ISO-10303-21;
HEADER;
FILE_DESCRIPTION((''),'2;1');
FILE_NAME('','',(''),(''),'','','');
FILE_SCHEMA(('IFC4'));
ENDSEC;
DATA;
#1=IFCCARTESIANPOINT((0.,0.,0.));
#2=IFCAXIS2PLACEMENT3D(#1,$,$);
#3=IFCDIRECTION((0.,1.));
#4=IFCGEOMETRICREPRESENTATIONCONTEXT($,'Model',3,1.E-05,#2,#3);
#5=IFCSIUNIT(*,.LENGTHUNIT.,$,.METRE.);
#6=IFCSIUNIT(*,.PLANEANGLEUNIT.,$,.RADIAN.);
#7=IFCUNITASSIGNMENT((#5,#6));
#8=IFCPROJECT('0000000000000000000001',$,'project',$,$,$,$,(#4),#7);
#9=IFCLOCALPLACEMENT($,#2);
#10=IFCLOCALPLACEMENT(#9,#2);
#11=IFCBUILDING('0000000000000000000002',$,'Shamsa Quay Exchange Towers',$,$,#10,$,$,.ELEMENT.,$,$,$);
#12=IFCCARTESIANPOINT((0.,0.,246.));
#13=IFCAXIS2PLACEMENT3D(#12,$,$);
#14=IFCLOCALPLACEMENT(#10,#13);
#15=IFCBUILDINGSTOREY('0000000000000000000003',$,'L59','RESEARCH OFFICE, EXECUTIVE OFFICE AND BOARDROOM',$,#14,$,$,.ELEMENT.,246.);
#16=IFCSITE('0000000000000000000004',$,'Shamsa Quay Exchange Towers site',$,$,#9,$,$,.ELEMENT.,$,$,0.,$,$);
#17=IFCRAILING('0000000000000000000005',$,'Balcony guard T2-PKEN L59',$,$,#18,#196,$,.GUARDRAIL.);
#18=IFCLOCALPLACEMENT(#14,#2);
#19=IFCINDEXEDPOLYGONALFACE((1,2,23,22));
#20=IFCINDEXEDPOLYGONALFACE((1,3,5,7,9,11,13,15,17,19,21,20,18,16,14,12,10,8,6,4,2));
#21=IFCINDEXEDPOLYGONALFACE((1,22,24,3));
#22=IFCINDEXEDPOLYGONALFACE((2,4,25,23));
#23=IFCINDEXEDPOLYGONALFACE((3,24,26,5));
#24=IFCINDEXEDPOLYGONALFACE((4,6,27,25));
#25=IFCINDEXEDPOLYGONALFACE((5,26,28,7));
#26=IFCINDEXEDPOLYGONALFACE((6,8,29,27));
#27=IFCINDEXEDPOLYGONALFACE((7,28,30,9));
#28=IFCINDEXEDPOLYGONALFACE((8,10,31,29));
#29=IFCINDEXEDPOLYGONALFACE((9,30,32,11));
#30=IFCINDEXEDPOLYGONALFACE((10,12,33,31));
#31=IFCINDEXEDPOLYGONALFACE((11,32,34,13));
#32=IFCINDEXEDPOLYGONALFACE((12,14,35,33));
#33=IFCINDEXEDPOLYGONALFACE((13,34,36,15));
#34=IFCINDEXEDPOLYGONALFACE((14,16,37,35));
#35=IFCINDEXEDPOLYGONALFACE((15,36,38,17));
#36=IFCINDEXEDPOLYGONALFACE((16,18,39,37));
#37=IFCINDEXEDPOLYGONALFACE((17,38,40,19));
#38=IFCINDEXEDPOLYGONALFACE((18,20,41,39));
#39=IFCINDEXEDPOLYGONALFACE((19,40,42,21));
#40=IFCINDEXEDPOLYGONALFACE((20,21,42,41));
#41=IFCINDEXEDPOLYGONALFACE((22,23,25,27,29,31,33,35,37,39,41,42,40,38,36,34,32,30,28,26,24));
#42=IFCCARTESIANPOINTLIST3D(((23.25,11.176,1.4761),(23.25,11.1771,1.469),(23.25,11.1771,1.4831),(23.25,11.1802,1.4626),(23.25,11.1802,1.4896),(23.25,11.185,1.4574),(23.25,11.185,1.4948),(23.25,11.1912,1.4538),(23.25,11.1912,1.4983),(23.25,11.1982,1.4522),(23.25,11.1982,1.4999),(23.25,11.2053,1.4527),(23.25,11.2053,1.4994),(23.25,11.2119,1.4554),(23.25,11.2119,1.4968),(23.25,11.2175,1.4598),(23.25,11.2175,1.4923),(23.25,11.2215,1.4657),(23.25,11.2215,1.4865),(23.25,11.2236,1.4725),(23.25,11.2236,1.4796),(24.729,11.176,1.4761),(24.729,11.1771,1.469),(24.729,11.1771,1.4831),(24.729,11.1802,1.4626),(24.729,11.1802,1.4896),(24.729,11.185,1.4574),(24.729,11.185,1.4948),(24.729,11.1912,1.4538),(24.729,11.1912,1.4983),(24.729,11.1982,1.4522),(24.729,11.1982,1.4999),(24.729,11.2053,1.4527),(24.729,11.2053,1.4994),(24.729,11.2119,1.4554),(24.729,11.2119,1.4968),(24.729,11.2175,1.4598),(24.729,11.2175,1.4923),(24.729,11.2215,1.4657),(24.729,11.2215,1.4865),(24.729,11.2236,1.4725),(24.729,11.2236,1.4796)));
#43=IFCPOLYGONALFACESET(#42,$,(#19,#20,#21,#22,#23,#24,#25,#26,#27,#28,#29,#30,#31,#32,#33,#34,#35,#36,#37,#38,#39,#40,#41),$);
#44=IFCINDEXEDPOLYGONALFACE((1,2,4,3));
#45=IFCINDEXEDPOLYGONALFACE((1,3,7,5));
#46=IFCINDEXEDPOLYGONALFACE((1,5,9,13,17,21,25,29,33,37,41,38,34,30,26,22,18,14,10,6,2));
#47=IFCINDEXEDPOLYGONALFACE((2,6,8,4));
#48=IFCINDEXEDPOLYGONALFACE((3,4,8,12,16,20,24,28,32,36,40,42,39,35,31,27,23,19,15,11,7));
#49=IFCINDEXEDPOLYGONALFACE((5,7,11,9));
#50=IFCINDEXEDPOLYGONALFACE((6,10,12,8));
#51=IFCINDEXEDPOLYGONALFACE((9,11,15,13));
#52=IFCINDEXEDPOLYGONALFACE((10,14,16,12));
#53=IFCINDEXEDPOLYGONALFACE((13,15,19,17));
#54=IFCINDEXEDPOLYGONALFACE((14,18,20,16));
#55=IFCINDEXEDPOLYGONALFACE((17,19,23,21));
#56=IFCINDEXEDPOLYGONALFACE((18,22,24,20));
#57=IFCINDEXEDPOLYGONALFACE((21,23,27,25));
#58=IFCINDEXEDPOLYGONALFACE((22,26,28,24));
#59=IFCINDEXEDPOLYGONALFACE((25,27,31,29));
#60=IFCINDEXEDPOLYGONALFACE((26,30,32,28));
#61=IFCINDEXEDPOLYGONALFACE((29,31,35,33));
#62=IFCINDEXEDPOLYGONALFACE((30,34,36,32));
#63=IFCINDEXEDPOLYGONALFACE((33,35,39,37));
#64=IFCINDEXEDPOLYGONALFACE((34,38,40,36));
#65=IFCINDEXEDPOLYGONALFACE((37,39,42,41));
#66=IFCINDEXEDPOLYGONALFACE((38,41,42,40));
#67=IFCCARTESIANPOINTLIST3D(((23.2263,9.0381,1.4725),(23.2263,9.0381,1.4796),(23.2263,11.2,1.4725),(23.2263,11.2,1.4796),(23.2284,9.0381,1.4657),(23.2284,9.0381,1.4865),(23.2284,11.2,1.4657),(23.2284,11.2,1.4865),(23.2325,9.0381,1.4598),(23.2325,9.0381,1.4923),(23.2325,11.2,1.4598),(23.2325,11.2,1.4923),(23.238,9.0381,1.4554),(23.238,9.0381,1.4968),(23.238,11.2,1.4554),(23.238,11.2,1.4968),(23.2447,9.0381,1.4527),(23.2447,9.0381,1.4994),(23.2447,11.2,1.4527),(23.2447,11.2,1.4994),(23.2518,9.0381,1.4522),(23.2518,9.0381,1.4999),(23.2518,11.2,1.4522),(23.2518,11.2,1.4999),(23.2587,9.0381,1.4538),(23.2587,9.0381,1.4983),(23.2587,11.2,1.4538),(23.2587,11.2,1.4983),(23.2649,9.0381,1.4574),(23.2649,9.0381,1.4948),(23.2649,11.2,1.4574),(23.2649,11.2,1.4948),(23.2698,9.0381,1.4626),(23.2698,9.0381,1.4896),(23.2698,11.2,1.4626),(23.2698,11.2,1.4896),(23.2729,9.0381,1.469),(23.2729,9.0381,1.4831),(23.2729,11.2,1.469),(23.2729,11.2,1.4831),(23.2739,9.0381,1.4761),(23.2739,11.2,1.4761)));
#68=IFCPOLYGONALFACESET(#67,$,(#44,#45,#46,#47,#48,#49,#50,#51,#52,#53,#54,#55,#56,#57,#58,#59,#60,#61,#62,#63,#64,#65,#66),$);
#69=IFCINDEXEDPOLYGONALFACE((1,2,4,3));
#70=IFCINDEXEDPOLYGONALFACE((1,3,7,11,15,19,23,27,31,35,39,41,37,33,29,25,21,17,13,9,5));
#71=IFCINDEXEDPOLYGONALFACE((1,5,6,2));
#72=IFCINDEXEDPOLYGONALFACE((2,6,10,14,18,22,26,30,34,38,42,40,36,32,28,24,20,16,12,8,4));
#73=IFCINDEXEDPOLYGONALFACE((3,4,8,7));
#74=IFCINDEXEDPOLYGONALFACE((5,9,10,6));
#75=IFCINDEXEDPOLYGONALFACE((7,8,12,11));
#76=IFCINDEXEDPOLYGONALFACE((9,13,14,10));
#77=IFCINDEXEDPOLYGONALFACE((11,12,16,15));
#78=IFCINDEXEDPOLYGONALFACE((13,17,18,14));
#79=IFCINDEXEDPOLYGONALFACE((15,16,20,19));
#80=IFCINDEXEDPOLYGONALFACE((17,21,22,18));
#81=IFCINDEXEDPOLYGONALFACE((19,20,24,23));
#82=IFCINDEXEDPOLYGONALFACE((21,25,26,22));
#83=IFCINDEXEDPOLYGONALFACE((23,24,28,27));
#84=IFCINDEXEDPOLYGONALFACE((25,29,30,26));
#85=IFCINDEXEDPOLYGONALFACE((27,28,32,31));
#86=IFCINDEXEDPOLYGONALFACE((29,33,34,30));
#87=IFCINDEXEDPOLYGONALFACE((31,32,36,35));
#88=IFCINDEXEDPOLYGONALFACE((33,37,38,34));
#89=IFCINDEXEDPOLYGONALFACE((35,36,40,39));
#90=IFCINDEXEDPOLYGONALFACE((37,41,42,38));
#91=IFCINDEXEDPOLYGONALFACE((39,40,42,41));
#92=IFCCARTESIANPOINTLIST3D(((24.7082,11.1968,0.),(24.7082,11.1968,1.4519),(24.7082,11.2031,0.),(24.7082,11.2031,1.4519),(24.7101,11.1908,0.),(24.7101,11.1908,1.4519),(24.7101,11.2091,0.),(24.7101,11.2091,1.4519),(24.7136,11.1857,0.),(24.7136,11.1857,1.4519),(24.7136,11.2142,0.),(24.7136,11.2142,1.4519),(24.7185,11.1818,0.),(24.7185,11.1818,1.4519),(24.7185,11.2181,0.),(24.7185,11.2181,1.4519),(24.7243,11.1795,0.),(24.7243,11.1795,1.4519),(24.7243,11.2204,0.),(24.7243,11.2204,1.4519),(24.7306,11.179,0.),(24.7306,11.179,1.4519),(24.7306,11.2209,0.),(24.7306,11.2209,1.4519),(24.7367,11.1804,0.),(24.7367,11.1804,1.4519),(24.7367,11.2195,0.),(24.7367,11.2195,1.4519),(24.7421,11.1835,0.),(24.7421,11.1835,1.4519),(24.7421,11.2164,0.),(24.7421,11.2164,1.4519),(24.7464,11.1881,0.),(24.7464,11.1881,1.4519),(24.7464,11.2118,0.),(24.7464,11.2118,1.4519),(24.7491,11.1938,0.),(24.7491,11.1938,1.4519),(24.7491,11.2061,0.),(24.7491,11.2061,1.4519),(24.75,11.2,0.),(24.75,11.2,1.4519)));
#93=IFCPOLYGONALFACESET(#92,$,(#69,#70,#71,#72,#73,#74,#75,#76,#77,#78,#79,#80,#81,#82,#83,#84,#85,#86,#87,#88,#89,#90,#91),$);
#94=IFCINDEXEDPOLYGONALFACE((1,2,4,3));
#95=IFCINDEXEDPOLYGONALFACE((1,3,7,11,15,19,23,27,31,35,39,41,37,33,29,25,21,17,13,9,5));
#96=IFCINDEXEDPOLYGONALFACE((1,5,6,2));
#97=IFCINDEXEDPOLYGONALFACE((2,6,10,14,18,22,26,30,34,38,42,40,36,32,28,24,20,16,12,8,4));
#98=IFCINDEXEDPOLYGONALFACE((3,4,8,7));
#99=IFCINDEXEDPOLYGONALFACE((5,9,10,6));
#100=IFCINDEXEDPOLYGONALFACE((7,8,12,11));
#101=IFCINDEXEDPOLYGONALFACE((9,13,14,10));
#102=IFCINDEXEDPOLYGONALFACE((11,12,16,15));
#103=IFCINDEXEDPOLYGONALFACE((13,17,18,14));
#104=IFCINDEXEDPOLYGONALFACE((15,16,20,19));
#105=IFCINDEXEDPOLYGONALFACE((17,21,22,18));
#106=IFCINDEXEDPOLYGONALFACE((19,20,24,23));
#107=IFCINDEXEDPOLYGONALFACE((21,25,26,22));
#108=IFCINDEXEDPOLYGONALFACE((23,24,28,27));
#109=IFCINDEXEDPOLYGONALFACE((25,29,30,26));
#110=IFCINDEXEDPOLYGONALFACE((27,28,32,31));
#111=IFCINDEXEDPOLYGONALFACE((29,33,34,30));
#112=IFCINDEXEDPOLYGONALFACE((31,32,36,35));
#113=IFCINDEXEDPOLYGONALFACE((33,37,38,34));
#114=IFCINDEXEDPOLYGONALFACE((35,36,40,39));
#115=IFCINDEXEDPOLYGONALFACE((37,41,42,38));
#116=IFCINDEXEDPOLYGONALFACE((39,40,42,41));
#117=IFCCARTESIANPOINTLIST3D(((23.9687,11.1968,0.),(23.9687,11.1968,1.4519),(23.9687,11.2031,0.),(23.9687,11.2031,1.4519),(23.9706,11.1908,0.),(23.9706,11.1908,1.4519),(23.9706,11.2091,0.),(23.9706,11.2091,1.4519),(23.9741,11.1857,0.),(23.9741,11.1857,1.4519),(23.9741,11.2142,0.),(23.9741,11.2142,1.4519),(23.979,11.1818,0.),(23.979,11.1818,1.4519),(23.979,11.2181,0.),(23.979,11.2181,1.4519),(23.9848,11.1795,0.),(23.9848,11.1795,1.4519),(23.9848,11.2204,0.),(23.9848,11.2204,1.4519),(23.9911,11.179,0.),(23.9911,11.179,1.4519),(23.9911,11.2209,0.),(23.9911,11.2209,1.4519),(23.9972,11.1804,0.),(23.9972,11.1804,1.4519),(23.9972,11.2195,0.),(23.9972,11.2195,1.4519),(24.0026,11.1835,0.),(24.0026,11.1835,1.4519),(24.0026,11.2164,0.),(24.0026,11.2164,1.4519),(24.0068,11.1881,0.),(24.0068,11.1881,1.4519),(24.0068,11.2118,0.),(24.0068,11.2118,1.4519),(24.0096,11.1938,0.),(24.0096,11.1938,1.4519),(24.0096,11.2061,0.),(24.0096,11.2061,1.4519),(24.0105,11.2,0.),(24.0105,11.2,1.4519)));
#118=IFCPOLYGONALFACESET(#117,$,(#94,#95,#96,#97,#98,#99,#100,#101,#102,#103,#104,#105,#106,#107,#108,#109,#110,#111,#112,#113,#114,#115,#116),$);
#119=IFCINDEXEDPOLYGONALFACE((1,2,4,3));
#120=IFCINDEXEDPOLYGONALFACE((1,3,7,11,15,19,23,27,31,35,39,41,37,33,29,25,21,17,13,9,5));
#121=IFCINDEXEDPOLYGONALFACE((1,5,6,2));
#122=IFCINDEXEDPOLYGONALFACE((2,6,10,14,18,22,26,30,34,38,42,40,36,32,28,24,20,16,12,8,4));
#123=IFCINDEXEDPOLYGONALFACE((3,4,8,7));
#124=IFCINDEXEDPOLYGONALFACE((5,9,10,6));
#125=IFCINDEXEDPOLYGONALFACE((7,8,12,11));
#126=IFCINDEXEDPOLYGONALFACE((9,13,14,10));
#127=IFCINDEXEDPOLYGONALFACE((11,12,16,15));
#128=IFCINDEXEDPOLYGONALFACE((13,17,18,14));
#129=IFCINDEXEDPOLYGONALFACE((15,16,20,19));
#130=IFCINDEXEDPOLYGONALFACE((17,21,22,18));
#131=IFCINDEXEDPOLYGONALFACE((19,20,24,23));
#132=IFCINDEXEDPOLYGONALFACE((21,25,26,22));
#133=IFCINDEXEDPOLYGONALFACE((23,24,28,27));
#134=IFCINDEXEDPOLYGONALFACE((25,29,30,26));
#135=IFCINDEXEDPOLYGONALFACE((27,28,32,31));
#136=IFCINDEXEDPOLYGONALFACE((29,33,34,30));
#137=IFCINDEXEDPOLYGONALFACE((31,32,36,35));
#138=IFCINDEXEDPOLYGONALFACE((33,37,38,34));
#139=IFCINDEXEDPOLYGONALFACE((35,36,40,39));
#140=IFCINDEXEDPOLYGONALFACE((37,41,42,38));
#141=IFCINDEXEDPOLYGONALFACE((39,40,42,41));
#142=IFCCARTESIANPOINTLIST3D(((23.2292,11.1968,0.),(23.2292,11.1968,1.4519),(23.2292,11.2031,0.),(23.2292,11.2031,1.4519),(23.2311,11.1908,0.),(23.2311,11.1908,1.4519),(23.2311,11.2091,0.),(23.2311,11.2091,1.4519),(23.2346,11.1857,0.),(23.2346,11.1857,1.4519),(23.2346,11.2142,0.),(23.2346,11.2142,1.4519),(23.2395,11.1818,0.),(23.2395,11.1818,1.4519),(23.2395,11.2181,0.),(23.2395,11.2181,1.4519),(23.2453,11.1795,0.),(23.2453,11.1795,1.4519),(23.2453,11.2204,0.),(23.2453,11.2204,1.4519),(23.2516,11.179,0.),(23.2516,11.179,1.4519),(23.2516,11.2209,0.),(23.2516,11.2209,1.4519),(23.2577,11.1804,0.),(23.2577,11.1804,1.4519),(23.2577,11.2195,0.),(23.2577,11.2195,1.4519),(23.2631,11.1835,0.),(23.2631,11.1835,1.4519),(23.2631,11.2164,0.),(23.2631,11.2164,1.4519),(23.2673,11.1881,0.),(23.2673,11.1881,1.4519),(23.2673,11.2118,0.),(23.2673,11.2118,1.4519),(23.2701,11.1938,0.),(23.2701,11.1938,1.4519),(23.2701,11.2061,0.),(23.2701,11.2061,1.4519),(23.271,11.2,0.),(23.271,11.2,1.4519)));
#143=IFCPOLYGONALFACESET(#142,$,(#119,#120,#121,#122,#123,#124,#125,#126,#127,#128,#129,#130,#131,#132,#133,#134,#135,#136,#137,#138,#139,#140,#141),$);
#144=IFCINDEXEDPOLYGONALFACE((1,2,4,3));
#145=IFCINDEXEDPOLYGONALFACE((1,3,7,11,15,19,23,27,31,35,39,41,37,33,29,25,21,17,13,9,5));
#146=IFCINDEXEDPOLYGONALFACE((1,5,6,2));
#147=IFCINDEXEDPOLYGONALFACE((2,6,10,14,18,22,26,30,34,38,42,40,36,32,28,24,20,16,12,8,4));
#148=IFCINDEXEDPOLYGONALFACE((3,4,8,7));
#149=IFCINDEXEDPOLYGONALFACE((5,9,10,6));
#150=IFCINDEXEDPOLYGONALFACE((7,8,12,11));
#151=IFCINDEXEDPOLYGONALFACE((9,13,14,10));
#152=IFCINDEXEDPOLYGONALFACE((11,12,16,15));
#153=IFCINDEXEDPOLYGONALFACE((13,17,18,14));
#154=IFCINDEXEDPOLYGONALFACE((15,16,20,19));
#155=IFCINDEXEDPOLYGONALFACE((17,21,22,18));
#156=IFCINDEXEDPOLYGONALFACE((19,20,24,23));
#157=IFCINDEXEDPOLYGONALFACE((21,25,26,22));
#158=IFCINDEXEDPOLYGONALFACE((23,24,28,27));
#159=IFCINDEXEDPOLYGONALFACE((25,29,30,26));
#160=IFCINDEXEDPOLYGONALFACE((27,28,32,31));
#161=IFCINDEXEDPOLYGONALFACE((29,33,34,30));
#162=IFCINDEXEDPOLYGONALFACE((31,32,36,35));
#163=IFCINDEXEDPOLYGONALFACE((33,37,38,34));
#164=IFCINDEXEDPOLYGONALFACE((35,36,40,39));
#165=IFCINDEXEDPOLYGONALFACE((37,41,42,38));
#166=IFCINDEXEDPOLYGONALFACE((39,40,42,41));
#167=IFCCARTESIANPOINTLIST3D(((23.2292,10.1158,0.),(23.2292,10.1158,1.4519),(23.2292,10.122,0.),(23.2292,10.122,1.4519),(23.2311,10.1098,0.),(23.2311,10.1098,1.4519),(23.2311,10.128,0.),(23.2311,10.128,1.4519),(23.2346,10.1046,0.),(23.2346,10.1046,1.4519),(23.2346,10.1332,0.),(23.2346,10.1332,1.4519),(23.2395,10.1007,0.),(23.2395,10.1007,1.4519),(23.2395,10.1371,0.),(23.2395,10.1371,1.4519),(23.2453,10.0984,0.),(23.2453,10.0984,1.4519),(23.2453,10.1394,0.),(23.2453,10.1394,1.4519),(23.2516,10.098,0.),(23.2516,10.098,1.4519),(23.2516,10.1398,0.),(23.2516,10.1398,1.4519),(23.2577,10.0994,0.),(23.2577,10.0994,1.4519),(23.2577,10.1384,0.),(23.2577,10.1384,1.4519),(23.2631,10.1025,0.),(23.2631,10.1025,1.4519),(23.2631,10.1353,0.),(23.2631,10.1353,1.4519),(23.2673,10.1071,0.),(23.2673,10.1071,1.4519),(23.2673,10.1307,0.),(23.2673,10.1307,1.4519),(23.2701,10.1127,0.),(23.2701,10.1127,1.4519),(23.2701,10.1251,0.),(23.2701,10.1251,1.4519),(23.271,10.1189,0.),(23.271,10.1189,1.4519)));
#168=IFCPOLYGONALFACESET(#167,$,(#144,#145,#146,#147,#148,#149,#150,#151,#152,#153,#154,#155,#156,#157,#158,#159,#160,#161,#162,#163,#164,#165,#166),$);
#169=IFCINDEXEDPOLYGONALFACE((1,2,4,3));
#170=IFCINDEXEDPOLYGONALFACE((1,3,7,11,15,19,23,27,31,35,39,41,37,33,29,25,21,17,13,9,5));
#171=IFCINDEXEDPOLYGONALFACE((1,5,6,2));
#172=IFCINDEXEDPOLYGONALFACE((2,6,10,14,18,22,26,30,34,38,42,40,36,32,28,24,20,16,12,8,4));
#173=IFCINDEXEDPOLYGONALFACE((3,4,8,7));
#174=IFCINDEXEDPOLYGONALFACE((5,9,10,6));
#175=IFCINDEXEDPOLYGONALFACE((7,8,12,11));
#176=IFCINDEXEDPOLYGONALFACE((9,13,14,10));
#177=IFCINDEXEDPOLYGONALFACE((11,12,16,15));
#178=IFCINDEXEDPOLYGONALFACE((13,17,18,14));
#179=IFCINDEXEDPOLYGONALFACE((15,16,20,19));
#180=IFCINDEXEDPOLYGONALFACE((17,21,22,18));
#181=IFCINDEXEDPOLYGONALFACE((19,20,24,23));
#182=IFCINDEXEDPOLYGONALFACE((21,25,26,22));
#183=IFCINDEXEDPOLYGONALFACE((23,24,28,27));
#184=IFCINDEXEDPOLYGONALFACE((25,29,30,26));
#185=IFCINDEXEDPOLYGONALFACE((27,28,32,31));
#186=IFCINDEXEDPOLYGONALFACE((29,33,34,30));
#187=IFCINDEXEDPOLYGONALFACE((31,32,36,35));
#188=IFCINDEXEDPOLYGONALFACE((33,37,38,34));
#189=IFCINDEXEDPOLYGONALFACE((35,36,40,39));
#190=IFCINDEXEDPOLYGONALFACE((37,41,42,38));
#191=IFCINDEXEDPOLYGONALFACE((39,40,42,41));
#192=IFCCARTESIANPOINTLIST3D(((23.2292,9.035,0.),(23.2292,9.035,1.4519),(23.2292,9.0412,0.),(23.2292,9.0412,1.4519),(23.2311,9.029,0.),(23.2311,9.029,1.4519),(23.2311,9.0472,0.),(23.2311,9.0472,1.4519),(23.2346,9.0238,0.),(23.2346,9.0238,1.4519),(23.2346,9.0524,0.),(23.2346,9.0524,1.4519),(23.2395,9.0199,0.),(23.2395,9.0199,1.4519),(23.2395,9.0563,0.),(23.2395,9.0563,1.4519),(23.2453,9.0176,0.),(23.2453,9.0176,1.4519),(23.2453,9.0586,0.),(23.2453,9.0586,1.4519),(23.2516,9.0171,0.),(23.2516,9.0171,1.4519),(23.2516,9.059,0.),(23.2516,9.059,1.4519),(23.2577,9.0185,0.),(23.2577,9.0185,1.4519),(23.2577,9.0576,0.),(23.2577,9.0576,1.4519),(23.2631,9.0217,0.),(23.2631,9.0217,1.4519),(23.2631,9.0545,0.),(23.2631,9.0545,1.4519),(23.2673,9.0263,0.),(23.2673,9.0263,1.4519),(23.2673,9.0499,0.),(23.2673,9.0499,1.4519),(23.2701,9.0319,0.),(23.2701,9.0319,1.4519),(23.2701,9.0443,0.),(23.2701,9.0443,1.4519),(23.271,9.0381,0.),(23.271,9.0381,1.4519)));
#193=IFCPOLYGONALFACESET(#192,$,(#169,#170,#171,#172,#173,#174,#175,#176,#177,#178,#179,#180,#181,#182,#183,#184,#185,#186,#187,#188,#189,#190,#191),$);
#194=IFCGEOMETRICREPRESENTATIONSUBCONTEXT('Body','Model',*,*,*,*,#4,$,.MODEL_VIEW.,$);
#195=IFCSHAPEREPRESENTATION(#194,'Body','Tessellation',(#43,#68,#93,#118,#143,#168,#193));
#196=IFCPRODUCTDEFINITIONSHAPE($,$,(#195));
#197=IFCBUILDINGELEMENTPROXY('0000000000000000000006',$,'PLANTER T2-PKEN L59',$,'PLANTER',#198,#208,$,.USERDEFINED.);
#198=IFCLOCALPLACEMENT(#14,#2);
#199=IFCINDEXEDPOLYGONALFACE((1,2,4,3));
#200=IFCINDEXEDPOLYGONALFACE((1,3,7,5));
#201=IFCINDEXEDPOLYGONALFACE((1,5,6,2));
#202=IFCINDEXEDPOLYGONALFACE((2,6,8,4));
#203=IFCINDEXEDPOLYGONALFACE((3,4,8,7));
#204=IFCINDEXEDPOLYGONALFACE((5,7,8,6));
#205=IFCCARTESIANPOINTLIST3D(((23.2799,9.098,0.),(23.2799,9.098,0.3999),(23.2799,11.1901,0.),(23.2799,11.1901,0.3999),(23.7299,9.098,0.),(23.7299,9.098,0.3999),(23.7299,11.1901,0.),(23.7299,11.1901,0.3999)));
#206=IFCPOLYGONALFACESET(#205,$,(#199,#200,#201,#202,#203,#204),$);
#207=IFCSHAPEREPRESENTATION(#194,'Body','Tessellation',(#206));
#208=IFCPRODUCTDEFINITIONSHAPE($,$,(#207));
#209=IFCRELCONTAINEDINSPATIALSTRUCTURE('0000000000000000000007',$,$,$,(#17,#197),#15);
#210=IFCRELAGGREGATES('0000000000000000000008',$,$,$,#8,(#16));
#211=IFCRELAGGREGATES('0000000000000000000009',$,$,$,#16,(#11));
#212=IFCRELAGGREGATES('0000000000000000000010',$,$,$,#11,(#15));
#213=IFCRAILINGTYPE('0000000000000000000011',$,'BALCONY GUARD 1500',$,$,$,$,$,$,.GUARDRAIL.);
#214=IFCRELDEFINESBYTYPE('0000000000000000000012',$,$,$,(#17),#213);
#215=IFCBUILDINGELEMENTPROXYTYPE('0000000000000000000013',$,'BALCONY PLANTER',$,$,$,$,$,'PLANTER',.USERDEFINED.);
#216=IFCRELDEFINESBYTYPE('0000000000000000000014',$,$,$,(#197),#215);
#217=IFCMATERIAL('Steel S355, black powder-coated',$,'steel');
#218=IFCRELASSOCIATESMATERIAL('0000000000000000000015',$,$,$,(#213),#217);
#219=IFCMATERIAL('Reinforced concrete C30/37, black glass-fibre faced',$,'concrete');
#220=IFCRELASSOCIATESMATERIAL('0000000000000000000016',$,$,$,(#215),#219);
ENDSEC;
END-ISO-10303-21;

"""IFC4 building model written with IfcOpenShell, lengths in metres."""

from ifc_helpers import new_model, si_unit, direction, frame, origin, origin_2d, place, context, subcontext, project, spatial, rectangle, circle, extrude, material, type_object, element, save


model = new_model("IFC4")

# Units and contexts
model_context = context("Model", 3, precision=1e-05, world=origin(), true_north=direction((0.0, 1.0)))
body_context = subcontext(model_context, "Body", "Model", "MODEL_VIEW")
ifc_project = project(units=[si_unit("LENGTHUNIT", "METRE"), si_unit("PLANEANGLEUNIT", "RADIAN")], contexts=[model_context])

# Site, building, storey
site_placement = place(None, origin())
site = spatial("IfcSite", under=ifc_project, at=site_placement, Name="Shamsa Quay Exchange Towers site", CompositionType="ELEMENT", RefElevation=0.0)
building_placement = place(site_placement, origin())
building = spatial("IfcBuilding", under=site, at=building_placement, Name="Shamsa Quay Exchange Towers", CompositionType="ELEMENT")
storey_placement = place(building_placement, frame((0.0, 0.0, 246.0)))
storey = spatial("IfcBuildingStorey", under=building, at=storey_placement, Name="L59", Description="RESEARCH OFFICE, EXECUTIVE OFFICE AND BOARDROOM", CompositionType="ELEMENT", Elevation=246.0)

# Railing
ifc_material_1 = material(Name="Steel S355, black powder-coated", Category="steel")
railing_type = type_object("IfcRailingType", Name="BALCONY GUARD 1500", PredefinedType="GUARDRAIL", material=ifc_material_1)
railing_placement = place(storey_placement, frame((24.729, 11.2, 0.0)))
element("IfcRailing", 1, at=railing_placement, inside=storey, type_object=railing_type, Name="Balcony guard T2-PKEN L59", PredefinedType="GUARDRAIL", context=body_context, shape_type="SweptSolid", body=[
    extrude(circle(Radius=0.0239, at=origin_2d()), frame((0.0, 0.0, 1.4761), z_axis=(-1.0, 0.0, 0.0), x_axis=(0.0, -1.0, 0.0)), (0.0, 0.0, 1.0), 1.479),
    extrude(circle(Radius=0.0239, at=origin_2d()), frame((-1.479, 0.0, 1.4761), z_axis=(0.0, -1.0, 0.0), x_axis=(1.0, 0.0, 0.0)), (0.0, 0.0, 1.0), 2.1619),
    extrude(circle(Radius=0.021, at=origin_2d()), origin(), (0.0, 0.0, 1.0), 1.4519),
    extrude(circle(Radius=0.021, at=origin_2d()), frame((-0.7395, 0.0, 0.0)), (0.0, 0.0, 1.0), 1.4519),
    extrude(circle(Radius=0.021, at=origin_2d()), frame((-1.479, 0.0, 0.0)), (0.0, 0.0, 1.0), 1.4519),
    extrude(circle(Radius=0.021, at=origin_2d()), frame((-1.479, -1.0811, 0.0)), (0.0, 0.0, 1.0), 1.4519),
    extrude(circle(Radius=0.021, at=origin_2d()), frame((-1.479, -2.1619, 0.0)), (0.0, 0.0, 1.0), 1.4519),
])

# Building element proxy
ifc_material_2 = material(Name="Reinforced concrete C30/37, black glass-fibre faced", Category="concrete")
building_element_proxy_type = type_object("IfcBuildingElementProxyType", Name="BALCONY PLANTER", ElementType="PLANTER", PredefinedType="USERDEFINED", material=ifc_material_2)
proxy_placement = place(storey_placement, frame((23.5049, 10.144, 0.0), z_axis=(0.0, 0.0, 1.0), x_axis=(0.0, -1.0, 0.0)))
element("IfcBuildingElementProxy", 2, at=proxy_placement, inside=storey, type_object=building_element_proxy_type, Name="PLANTER T2-PKEN L59", ObjectType="PLANTER", PredefinedType="USERDEFINED", context=body_context, shape_type="SweptSolid", body=[
    extrude(rectangle(XDim=2.092, YDim=0.45, at=origin_2d()), origin(), (0.0, 0.0, 1.0), 0.3999),
])

save(model, "model.ifc")
